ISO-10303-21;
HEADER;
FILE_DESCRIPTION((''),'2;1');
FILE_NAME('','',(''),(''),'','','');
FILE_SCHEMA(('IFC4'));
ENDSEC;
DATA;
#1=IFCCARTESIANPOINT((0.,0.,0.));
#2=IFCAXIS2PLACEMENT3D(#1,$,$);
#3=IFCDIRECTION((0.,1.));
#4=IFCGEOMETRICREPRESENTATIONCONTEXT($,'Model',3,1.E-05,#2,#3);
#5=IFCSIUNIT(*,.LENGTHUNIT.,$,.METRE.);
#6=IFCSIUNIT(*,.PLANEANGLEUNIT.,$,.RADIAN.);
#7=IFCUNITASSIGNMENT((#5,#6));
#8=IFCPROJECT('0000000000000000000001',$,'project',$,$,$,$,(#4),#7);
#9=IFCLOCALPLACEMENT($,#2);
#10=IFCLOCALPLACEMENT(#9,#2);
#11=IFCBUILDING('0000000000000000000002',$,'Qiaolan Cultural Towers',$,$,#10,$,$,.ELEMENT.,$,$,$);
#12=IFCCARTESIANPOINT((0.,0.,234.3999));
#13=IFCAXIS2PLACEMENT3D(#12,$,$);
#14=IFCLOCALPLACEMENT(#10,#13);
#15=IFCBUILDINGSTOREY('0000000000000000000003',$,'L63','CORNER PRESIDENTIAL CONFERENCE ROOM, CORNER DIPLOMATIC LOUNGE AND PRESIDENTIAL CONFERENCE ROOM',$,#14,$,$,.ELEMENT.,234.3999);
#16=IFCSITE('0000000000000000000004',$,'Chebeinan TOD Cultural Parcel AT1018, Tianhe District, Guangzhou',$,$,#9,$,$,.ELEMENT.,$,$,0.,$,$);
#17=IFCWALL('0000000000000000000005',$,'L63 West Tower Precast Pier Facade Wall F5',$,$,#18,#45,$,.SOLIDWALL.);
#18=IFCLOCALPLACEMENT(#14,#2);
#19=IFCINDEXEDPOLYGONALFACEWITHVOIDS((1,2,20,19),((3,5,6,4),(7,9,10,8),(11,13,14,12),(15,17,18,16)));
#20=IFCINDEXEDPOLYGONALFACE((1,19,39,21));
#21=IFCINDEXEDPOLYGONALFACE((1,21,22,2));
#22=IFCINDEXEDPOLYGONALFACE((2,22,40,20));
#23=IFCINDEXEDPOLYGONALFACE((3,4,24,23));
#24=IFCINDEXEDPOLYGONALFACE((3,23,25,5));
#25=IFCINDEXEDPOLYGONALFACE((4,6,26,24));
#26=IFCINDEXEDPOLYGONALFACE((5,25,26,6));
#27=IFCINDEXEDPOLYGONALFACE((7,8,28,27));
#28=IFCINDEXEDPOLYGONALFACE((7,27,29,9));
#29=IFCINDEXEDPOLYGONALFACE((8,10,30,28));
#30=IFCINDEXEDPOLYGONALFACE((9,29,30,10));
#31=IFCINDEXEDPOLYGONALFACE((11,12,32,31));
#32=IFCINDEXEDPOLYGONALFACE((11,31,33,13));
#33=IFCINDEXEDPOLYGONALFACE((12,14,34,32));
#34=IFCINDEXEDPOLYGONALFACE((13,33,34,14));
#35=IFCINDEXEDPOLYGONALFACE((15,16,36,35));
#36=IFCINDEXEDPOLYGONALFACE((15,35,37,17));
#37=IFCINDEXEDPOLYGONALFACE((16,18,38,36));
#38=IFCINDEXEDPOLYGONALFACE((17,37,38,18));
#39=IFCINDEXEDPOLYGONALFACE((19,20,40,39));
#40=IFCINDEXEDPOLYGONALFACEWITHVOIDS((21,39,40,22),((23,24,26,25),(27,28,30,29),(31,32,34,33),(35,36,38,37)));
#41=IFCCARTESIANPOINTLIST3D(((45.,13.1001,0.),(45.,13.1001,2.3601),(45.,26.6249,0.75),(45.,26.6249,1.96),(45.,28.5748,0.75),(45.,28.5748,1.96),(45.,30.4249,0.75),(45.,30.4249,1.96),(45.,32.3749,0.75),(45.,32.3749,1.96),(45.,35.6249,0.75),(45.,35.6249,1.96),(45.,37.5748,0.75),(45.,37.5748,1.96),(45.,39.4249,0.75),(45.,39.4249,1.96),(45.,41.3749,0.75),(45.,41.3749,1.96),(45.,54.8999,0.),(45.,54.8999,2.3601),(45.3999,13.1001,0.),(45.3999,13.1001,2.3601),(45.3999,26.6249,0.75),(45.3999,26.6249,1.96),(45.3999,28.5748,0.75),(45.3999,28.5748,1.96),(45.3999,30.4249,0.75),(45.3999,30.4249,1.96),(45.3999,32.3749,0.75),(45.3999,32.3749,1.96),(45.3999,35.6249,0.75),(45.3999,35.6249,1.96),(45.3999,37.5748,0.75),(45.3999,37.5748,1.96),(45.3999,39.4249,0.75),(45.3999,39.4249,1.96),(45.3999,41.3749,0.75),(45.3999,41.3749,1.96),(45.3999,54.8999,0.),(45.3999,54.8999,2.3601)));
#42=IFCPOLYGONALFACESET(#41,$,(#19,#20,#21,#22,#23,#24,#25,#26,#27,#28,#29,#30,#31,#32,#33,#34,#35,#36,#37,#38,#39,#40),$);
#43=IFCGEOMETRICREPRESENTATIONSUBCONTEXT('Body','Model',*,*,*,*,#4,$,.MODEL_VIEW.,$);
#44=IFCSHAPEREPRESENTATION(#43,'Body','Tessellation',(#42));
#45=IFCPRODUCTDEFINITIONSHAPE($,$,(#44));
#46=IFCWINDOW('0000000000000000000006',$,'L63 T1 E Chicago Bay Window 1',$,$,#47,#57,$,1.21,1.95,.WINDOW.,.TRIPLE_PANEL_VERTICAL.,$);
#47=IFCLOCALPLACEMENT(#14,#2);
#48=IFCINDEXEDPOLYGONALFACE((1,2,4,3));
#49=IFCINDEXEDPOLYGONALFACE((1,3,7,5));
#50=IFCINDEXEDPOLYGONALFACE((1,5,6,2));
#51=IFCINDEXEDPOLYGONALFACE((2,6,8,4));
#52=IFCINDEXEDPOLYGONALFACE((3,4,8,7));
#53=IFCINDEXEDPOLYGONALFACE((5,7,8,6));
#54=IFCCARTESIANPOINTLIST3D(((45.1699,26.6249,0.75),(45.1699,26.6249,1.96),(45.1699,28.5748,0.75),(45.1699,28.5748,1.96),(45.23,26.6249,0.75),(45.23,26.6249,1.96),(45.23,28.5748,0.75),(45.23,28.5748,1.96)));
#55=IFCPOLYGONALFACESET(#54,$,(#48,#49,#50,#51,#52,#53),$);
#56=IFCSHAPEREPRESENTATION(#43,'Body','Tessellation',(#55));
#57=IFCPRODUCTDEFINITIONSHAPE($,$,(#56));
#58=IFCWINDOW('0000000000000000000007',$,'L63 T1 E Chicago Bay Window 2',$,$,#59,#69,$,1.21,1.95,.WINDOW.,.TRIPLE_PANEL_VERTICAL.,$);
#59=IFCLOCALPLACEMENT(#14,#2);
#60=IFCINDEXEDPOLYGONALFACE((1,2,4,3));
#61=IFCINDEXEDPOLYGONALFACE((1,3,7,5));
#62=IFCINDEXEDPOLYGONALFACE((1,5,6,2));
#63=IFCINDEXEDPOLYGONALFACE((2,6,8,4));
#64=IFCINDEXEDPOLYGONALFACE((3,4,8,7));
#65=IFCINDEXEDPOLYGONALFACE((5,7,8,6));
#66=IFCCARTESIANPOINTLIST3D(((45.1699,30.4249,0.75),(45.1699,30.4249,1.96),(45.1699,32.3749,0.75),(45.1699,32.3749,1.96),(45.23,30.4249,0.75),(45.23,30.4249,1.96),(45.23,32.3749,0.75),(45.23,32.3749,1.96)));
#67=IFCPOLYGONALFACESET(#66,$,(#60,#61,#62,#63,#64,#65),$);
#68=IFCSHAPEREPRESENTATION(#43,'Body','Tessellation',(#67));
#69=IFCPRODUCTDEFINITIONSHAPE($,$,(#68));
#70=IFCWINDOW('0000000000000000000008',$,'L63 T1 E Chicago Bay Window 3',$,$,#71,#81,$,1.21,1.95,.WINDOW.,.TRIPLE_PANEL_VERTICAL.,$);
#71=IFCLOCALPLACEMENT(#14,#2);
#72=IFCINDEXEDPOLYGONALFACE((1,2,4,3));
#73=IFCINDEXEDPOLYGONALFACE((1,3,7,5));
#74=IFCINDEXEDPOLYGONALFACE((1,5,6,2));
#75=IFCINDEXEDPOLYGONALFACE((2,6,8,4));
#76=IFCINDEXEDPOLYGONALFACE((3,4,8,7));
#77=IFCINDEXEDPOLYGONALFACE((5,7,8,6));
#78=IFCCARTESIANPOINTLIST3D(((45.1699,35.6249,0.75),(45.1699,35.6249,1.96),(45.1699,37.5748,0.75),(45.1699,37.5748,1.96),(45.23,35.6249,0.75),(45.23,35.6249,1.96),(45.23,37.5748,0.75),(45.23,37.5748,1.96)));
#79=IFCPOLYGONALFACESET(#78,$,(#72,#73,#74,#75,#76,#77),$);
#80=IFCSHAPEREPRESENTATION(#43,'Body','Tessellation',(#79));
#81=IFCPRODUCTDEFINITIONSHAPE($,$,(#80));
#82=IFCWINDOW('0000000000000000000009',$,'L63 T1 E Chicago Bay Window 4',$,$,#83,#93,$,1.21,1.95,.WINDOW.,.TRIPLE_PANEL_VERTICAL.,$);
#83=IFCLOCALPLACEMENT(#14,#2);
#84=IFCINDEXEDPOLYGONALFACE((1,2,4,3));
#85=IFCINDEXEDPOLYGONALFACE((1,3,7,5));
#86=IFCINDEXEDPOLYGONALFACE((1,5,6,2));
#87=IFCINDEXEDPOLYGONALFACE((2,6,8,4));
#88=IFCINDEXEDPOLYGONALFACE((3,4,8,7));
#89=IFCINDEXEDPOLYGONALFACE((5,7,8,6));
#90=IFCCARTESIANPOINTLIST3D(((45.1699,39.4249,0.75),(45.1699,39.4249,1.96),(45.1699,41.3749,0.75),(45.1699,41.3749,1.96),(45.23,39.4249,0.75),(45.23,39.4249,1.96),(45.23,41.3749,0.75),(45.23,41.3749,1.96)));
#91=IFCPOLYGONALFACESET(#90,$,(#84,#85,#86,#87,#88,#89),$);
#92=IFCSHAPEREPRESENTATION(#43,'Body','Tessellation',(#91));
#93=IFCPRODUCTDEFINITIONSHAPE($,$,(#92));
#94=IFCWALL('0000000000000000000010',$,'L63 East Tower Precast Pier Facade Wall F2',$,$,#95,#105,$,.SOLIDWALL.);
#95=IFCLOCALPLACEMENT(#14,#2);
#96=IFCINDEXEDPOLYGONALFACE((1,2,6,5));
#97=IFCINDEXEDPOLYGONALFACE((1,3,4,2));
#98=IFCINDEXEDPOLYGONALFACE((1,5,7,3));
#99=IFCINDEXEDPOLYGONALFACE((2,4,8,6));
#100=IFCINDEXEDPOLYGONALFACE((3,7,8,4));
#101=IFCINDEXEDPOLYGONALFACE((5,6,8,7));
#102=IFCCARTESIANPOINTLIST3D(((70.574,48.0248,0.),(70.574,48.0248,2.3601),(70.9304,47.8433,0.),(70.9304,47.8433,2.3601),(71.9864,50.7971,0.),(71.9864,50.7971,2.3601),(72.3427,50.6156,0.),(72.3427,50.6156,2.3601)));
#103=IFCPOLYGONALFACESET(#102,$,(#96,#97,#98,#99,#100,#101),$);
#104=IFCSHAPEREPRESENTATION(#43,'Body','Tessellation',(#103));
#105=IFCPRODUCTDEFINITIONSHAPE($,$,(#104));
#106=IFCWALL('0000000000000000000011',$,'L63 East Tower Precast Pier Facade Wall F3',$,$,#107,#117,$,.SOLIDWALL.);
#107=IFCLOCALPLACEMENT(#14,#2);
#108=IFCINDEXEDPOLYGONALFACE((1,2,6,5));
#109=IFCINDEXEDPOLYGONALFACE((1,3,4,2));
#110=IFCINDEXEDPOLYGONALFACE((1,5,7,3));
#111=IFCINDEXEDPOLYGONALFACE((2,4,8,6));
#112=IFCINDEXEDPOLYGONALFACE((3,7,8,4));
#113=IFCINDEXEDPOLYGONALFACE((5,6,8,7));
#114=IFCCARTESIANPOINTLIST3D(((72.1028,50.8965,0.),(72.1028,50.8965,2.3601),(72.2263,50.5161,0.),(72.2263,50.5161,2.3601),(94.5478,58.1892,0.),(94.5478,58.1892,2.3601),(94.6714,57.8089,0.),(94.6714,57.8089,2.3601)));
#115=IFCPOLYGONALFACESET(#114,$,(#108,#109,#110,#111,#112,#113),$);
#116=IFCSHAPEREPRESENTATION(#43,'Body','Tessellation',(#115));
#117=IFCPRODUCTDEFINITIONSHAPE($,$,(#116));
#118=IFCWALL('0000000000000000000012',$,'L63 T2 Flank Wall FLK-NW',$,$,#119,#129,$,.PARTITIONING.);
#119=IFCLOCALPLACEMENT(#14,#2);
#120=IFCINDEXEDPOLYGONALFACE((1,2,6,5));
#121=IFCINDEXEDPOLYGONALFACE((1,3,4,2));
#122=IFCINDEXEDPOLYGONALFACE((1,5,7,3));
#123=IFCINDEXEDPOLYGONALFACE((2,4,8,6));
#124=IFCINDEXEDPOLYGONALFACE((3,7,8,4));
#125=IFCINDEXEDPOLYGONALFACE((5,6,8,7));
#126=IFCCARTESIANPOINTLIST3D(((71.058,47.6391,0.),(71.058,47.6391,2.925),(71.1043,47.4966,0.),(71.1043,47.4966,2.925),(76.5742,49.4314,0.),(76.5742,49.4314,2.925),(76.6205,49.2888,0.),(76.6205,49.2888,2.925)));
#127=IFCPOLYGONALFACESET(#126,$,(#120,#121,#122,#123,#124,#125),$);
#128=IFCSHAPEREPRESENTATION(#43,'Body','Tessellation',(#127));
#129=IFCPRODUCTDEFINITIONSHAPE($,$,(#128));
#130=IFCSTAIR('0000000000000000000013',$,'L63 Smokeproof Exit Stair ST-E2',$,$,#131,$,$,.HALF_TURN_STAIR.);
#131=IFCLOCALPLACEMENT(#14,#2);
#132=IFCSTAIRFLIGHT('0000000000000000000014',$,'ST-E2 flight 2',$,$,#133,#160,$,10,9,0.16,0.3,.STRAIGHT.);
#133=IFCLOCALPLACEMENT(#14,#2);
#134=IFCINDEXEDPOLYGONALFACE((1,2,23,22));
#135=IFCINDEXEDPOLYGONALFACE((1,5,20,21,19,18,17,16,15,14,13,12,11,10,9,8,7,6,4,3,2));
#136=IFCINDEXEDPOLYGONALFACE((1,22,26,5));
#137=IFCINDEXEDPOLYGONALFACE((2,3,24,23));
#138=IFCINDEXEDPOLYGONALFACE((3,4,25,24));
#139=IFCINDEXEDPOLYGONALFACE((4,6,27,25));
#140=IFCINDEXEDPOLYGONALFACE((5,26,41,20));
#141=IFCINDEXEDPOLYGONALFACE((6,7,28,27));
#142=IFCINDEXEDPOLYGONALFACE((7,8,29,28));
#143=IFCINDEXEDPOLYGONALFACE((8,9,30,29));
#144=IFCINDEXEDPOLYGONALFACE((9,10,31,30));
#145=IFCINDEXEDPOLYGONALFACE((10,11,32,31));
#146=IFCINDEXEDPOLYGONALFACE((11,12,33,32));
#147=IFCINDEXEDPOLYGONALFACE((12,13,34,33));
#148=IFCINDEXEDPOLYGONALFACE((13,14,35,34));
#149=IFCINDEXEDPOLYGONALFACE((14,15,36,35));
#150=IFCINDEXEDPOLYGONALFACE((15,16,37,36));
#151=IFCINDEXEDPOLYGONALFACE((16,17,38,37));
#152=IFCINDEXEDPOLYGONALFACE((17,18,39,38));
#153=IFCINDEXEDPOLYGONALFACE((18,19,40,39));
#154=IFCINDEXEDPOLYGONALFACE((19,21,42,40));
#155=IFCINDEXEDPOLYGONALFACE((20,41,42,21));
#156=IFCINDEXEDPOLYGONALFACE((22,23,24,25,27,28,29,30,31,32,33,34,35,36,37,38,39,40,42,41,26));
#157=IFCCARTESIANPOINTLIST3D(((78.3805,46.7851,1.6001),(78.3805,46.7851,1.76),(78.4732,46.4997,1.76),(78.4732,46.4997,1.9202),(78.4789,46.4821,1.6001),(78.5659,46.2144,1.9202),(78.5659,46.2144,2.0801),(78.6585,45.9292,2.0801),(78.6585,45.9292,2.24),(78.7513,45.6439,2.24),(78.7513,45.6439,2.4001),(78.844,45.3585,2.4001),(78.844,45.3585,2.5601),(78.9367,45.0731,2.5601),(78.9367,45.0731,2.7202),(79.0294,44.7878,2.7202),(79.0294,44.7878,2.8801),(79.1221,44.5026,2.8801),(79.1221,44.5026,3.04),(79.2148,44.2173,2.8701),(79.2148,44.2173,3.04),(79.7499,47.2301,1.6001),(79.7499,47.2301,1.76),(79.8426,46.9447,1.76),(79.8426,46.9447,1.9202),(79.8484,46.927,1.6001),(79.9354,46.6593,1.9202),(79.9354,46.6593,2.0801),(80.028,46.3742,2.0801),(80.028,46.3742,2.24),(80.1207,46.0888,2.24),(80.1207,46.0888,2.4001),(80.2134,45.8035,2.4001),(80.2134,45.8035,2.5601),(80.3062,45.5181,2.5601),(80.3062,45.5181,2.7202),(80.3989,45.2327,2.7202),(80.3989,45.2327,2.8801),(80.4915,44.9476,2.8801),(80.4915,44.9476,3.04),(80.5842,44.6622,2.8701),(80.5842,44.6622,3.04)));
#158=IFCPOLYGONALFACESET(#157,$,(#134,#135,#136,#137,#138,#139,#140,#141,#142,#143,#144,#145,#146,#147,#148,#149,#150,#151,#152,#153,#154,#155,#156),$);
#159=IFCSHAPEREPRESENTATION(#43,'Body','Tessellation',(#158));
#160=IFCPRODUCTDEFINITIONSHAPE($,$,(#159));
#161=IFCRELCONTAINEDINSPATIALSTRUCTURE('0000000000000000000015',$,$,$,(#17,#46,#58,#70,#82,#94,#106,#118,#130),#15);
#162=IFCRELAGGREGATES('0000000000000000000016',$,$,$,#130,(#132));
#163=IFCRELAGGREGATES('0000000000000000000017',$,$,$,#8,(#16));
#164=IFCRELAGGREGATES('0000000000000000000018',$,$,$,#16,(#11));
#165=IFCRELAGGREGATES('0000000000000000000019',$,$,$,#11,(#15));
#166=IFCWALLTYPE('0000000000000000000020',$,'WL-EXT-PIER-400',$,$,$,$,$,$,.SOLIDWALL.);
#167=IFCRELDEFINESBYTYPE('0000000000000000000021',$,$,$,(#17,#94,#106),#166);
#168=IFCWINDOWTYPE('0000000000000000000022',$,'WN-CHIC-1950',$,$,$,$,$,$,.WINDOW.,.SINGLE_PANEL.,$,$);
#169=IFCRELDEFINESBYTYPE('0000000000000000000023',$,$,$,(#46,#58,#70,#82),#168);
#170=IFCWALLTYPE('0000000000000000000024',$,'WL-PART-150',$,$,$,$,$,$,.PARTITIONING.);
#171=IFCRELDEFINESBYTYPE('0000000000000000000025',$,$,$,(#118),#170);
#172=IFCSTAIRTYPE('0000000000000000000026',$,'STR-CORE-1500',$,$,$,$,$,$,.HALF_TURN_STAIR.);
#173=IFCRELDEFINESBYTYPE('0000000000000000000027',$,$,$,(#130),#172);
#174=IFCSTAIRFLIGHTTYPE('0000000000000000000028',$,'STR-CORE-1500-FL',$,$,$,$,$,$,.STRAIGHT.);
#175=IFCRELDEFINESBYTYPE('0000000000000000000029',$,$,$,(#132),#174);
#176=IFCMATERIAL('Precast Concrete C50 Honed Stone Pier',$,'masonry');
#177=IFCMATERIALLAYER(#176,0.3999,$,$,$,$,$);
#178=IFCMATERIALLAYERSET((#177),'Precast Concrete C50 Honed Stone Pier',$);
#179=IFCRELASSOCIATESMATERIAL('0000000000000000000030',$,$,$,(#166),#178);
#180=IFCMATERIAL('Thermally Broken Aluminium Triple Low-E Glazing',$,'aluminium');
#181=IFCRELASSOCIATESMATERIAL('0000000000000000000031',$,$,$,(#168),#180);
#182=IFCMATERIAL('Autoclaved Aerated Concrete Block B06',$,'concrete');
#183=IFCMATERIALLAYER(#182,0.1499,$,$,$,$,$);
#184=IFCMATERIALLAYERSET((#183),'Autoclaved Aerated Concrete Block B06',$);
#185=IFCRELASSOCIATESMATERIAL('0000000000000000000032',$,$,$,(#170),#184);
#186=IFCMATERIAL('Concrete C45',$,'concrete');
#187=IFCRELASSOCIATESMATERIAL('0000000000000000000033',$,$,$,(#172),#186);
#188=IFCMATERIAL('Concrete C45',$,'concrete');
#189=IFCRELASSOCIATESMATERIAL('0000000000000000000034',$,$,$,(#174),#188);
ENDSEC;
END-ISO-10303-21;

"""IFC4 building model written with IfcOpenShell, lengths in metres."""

from ifc_helpers import new_model, si_unit, direction, frame, frame_2d, origin, place, context, subcontext, project, spatial, polyline, rectangle, outline, extrude, material, layer, layer_set, type_object, element, fill, aggregate, save


model = new_model("IFC4")

# Units and contexts
model_context = context("Model", 3, precision=1e-05, world=origin(), true_north=direction((0.0, 1.0)))
body_context = subcontext(model_context, "Body", "Model", "MODEL_VIEW")
ifc_project = project(units=[si_unit("LENGTHUNIT", "METRE"), si_unit("PLANEANGLEUNIT", "RADIAN")], contexts=[model_context])

# Site, building, storey
site_placement = place(None, origin())
site = spatial("IfcSite", under=ifc_project, at=site_placement, Name="Chebeinan TOD Cultural Parcel AT1018, Tianhe District, Guangzhou", CompositionType="ELEMENT", RefElevation=0.0)
building_placement = place(site_placement, origin())
building = spatial("IfcBuilding", under=site, at=building_placement, Name="Qiaolan Cultural Towers", CompositionType="ELEMENT")
storey_placement = place(building_placement, frame((0.0, 0.0, 234.3999)))
storey = spatial("IfcBuildingStorey", under=building, at=storey_placement, Name="L63", Description="CORNER PRESIDENTIAL CONFERENCE ROOM, CORNER DIPLOMATIC LOUNGE AND PRESIDENTIAL CONFERENCE ROOM", CompositionType="ELEMENT", Elevation=234.3999)

# Wall, openings, windows
ifc_material_1 = material(Name="Precast Concrete C50 Honed Stone Pier", Category="masonry")
ifc_layer_1 = layer(ifc_material_1, 0.3999)
ifc_layer_set_1 = layer_set([ifc_layer_1], Name="Precast Concrete C50 Honed Stone Pier")
wall_type_1 = type_object("IfcWallType", Name="WL-EXT-PIER-400", PredefinedType="SOLIDWALL", material=ifc_layer_set_1)
wall_1_placement = place(storey_placement, frame((45.2, 54.8999, 0.0), z_axis=(0.0, 0.0, 1.0), x_axis=(0.0, -1.0, 0.0)))
wall_1 = element("IfcWall", 1, at=wall_1_placement, inside=storey, type_object=wall_type_1, Name="L63 West Tower Precast Pier Facade Wall F5", PredefinedType="SOLIDWALL", context=body_context, shape_type="SweptSolid", body=[
    extrude(rectangle(XDim=41.7998, YDim=0.3999, at=frame_2d((20.8999, 0.0))), origin(), (0.0, 0.0, 1.0), 2.3601),
])
opening_1_placement = place(wall_1_placement, frame((26.325, 0.0, 0.75)))
opening_1 = element("IfcOpeningElement", 2, at=opening_1_placement, cuts=wall_1, PredefinedType="OPENING", context=body_context, shape_type="SweptSolid", body=[
    extrude(rectangle(XDim=1.95, YDim=1.21, at=frame_2d((0.9751, 0.605))), frame((0.0, 0.21, 0.0), z_axis=(0.0, -1.0, 0.0), x_axis=(1.0, 0.0, 0.0)), (0.0, 0.0, 1.0), 0.4199),
])
opening_2_placement = place(wall_1_placement, frame((22.5249, 0.0, 0.75)))
opening_2 = element("IfcOpeningElement", 3, at=opening_2_placement, cuts=wall_1, PredefinedType="OPENING", context=body_context, shape_type="SweptSolid", body=[
    extrude(rectangle(XDim=1.95, YDim=1.21, at=frame_2d((0.9751, 0.605))), frame((0.0, 0.21, 0.0), z_axis=(0.0, -1.0, 0.0), x_axis=(1.0, 0.0, 0.0)), (0.0, 0.0, 1.0), 0.4199),
])
opening_3_placement = place(wall_1_placement, frame((17.325, 0.0, 0.75)))
opening_3 = element("IfcOpeningElement", 4, at=opening_3_placement, cuts=wall_1, PredefinedType="OPENING", context=body_context, shape_type="SweptSolid", body=[
    extrude(rectangle(XDim=1.95, YDim=1.21, at=frame_2d((0.9751, 0.605))), frame((0.0, 0.21, 0.0), z_axis=(0.0, -1.0, 0.0), x_axis=(1.0, 0.0, 0.0)), (0.0, 0.0, 1.0), 0.4199),
])
opening_4_placement = place(wall_1_placement, frame((13.5249, 0.0, 0.75)))
opening_4 = element("IfcOpeningElement", 5, at=opening_4_placement, cuts=wall_1, PredefinedType="OPENING", context=body_context, shape_type="SweptSolid", body=[
    extrude(rectangle(XDim=1.95, YDim=1.21, at=frame_2d((0.9751, 0.605))), frame((0.0, 0.21, 0.0), z_axis=(0.0, -1.0, 0.0), x_axis=(1.0, 0.0, 0.0)), (0.0, 0.0, 1.0), 0.4199),
])
ifc_material_2 = material(Name="Thermally Broken Aluminium Triple Low-E Glazing", Category="aluminium")
window_type = type_object("IfcWindowType", Name="WN-CHIC-1950", PartitioningType="SINGLE_PANEL", PredefinedType="WINDOW", material=ifc_material_2)
window_1_placement = place(opening_1_placement, origin())
window_1 = element("IfcWindow", 6, at=window_1_placement, inside=storey, type_object=window_type, Name="L63 T1 E Chicago Bay Window 1", OverallHeight=1.21, OverallWidth=1.95, PartitioningType="TRIPLE_PANEL_VERTICAL", PredefinedType="WINDOW", context=body_context, shape_type="SweptSolid", body=[
    extrude(rectangle(XDim=1.95, YDim=1.21, at=frame_2d((0.9751, 0.605))), frame((0.0, 0.03, 0.0), z_axis=(0.0, -1.0, 0.0), x_axis=(1.0, 0.0, 0.0)), (0.0, 0.0, 1.0), 0.0601),
])
fill(opening_1, window_1)
window_2_placement = place(opening_2_placement, origin())
window_2 = element("IfcWindow", 7, at=window_2_placement, inside=storey, type_object=window_type, Name="L63 T1 E Chicago Bay Window 2", OverallHeight=1.21, OverallWidth=1.95, PartitioningType="TRIPLE_PANEL_VERTICAL", PredefinedType="WINDOW", context=body_context, shape_type="SweptSolid", body=[
    extrude(rectangle(XDim=1.95, YDim=1.21, at=frame_2d((0.9751, 0.605))), frame((0.0, 0.03, 0.0), z_axis=(0.0, -1.0, 0.0), x_axis=(1.0, 0.0, 0.0)), (0.0, 0.0, 1.0), 0.0601),
])
fill(opening_2, window_2)
window_3_placement = place(opening_3_placement, origin())
window_3 = element("IfcWindow", 8, at=window_3_placement, inside=storey, type_object=window_type, Name="L63 T1 E Chicago Bay Window 3", OverallHeight=1.21, OverallWidth=1.95, PartitioningType="TRIPLE_PANEL_VERTICAL", PredefinedType="WINDOW", context=body_context, shape_type="SweptSolid", body=[
    extrude(rectangle(XDim=1.95, YDim=1.21, at=frame_2d((0.9751, 0.605))), frame((0.0, 0.03, 0.0), z_axis=(0.0, -1.0, 0.0), x_axis=(1.0, 0.0, 0.0)), (0.0, 0.0, 1.0), 0.0601),
])
fill(opening_3, window_3)
window_4_placement = place(opening_4_placement, origin())
window_4 = element("IfcWindow", 9, at=window_4_placement, inside=storey, type_object=window_type, Name="L63 T1 E Chicago Bay Window 4", OverallHeight=1.21, OverallWidth=1.95, PartitioningType="TRIPLE_PANEL_VERTICAL", PredefinedType="WINDOW", context=body_context, shape_type="SweptSolid", body=[
    extrude(rectangle(XDim=1.95, YDim=1.21, at=frame_2d((0.9751, 0.605))), frame((0.0, 0.03, 0.0), z_axis=(0.0, -1.0, 0.0), x_axis=(1.0, 0.0, 0.0)), (0.0, 0.0, 1.0), 0.0601),
])
fill(opening_4, window_4)

# Walls
wall_2_placement = place(storey_placement, frame((70.7522, 47.9341, 0.0), z_axis=(0.0, 0.0, 1.0), x_axis=(0.453949, 0.891028, 0.0)))
element("IfcWall", 10, at=wall_2_placement, inside=storey, type_object=wall_type_1, Name="L63 East Tower Precast Pier Facade Wall F2", PredefinedType="SOLIDWALL", context=body_context, shape_type="SweptSolid", body=[
    extrude(rectangle(XDim=3.1113, YDim=0.3999, at=frame_2d((1.5557, 0.0))), origin(), (0.0, 0.0, 1.0), 2.3601),
])
wall_3_placement = place(storey_placement, frame((72.1646, 50.7063, 0.0), z_axis=(0.0, 0.0, 1.0), x_axis=(0.951058, 0.309012, 0.0)))
element("IfcWall", 11, at=wall_3_placement, inside=storey, type_object=wall_type_1, Name="L63 East Tower Precast Pier Facade Wall F3", PredefinedType="SOLIDWALL", context=body_context, shape_type="SweptSolid", body=[
    extrude(rectangle(XDim=23.6001, YDim=0.3999, at=frame_2d((11.8, 0.0))), origin(), (0.0, 0.0, 1.0), 2.3601),
])
ifc_material_3 = material(Name="Autoclaved Aerated Concrete Block B06", Category="concrete")
ifc_layer_2 = layer(ifc_material_3, 0.1499)
ifc_layer_set_2 = layer_set([ifc_layer_2], Name="Autoclaved Aerated Concrete Block B06")
wall_type_2 = type_object("IfcWallType", Name="WL-PART-150", PredefinedType="PARTITIONING", material=ifc_layer_set_2)
wall_4_placement = place(storey_placement, frame((71.0813, 47.5679, 0.0), z_axis=(0.0, 0.0, 1.0), x_axis=(0.951059, 0.309008, 0.0)))
element("IfcWall", 12, at=wall_4_placement, inside=storey, type_object=wall_type_2, Name="L63 T2 Flank Wall FLK-NW", PredefinedType="PARTITIONING", context=body_context, shape_type="SweptSolid", body=[
    extrude(rectangle(XDim=5.8, YDim=0.1499, at=frame_2d((2.8999, 0.0))), origin(), (0.0, 0.0, 1.0), 2.925),
])

# Stair, stair flight
ifc_material_4 = material(Name="Concrete C45", Category="concrete")
stair_type = type_object("IfcStairType", Name="STR-CORE-1500", PredefinedType="HALF_TURN_STAIR", material=ifc_material_4)
stair_placement = place(storey_placement, origin())
stair = element("IfcStair", 13, at=stair_placement, inside=storey, type_object=stair_type, Name="L63 Smokeproof Exit Stair ST-E2", PredefinedType="HALF_TURN_STAIR")
ifc_material_5 = material(Name="Concrete C45", Category="concrete")
stair_flight_type = type_object("IfcStairFlightType", Name="STR-CORE-1500-FL", PredefinedType="STRAIGHT", material=ifc_material_5)
stair_flight_placement = place(storey_placement, frame((79.0652, 47.0076, 1.6001), z_axis=(0.0, 0.0, 1.0), x_axis=(0.309017, -0.951057, 0.0)))
stair_flight = element("IfcStairFlight", 14, at=stair_flight_placement, type_object=stair_flight_type, Name="ST-E2 flight 2", NumberOfRisers=10, NumberOfTreads=9, PredefinedType="STRAIGHT", RiserHeight=0.16, TreadLength=0.3, context=body_context, shape_type="SweptSolid", body=[
    extrude(outline(polyline([(0.0, 0.0), (0.0, 0.1599), (0.3, 0.1599), (0.3, 0.3201), (0.6001, 0.3201), (0.6001, 0.48), (0.8999, 0.48), (0.8999, 0.6399), (1.2, 0.6399), (1.2, 0.8), (1.5, 0.8), (1.5, 0.96), (1.8, 0.96), (1.8, 1.1201), (2.1001, 1.1201), (2.1001, 1.28), (2.3999, 1.28), (2.3999, 1.4399), (2.7, 1.4399), (2.7, 1.6001), (2.7, 1.27), (0.3186, 0.0), (0.0, 0.0)])), frame((0.0, 0.72, 0.0), z_axis=(0.0, -1.0, 0.0), x_axis=(1.0, 0.0, 0.0)), (0.0, 0.0, 1.0), 1.4399),
])
aggregate(stair, [stair_flight])

save(model, "model.ifc")
